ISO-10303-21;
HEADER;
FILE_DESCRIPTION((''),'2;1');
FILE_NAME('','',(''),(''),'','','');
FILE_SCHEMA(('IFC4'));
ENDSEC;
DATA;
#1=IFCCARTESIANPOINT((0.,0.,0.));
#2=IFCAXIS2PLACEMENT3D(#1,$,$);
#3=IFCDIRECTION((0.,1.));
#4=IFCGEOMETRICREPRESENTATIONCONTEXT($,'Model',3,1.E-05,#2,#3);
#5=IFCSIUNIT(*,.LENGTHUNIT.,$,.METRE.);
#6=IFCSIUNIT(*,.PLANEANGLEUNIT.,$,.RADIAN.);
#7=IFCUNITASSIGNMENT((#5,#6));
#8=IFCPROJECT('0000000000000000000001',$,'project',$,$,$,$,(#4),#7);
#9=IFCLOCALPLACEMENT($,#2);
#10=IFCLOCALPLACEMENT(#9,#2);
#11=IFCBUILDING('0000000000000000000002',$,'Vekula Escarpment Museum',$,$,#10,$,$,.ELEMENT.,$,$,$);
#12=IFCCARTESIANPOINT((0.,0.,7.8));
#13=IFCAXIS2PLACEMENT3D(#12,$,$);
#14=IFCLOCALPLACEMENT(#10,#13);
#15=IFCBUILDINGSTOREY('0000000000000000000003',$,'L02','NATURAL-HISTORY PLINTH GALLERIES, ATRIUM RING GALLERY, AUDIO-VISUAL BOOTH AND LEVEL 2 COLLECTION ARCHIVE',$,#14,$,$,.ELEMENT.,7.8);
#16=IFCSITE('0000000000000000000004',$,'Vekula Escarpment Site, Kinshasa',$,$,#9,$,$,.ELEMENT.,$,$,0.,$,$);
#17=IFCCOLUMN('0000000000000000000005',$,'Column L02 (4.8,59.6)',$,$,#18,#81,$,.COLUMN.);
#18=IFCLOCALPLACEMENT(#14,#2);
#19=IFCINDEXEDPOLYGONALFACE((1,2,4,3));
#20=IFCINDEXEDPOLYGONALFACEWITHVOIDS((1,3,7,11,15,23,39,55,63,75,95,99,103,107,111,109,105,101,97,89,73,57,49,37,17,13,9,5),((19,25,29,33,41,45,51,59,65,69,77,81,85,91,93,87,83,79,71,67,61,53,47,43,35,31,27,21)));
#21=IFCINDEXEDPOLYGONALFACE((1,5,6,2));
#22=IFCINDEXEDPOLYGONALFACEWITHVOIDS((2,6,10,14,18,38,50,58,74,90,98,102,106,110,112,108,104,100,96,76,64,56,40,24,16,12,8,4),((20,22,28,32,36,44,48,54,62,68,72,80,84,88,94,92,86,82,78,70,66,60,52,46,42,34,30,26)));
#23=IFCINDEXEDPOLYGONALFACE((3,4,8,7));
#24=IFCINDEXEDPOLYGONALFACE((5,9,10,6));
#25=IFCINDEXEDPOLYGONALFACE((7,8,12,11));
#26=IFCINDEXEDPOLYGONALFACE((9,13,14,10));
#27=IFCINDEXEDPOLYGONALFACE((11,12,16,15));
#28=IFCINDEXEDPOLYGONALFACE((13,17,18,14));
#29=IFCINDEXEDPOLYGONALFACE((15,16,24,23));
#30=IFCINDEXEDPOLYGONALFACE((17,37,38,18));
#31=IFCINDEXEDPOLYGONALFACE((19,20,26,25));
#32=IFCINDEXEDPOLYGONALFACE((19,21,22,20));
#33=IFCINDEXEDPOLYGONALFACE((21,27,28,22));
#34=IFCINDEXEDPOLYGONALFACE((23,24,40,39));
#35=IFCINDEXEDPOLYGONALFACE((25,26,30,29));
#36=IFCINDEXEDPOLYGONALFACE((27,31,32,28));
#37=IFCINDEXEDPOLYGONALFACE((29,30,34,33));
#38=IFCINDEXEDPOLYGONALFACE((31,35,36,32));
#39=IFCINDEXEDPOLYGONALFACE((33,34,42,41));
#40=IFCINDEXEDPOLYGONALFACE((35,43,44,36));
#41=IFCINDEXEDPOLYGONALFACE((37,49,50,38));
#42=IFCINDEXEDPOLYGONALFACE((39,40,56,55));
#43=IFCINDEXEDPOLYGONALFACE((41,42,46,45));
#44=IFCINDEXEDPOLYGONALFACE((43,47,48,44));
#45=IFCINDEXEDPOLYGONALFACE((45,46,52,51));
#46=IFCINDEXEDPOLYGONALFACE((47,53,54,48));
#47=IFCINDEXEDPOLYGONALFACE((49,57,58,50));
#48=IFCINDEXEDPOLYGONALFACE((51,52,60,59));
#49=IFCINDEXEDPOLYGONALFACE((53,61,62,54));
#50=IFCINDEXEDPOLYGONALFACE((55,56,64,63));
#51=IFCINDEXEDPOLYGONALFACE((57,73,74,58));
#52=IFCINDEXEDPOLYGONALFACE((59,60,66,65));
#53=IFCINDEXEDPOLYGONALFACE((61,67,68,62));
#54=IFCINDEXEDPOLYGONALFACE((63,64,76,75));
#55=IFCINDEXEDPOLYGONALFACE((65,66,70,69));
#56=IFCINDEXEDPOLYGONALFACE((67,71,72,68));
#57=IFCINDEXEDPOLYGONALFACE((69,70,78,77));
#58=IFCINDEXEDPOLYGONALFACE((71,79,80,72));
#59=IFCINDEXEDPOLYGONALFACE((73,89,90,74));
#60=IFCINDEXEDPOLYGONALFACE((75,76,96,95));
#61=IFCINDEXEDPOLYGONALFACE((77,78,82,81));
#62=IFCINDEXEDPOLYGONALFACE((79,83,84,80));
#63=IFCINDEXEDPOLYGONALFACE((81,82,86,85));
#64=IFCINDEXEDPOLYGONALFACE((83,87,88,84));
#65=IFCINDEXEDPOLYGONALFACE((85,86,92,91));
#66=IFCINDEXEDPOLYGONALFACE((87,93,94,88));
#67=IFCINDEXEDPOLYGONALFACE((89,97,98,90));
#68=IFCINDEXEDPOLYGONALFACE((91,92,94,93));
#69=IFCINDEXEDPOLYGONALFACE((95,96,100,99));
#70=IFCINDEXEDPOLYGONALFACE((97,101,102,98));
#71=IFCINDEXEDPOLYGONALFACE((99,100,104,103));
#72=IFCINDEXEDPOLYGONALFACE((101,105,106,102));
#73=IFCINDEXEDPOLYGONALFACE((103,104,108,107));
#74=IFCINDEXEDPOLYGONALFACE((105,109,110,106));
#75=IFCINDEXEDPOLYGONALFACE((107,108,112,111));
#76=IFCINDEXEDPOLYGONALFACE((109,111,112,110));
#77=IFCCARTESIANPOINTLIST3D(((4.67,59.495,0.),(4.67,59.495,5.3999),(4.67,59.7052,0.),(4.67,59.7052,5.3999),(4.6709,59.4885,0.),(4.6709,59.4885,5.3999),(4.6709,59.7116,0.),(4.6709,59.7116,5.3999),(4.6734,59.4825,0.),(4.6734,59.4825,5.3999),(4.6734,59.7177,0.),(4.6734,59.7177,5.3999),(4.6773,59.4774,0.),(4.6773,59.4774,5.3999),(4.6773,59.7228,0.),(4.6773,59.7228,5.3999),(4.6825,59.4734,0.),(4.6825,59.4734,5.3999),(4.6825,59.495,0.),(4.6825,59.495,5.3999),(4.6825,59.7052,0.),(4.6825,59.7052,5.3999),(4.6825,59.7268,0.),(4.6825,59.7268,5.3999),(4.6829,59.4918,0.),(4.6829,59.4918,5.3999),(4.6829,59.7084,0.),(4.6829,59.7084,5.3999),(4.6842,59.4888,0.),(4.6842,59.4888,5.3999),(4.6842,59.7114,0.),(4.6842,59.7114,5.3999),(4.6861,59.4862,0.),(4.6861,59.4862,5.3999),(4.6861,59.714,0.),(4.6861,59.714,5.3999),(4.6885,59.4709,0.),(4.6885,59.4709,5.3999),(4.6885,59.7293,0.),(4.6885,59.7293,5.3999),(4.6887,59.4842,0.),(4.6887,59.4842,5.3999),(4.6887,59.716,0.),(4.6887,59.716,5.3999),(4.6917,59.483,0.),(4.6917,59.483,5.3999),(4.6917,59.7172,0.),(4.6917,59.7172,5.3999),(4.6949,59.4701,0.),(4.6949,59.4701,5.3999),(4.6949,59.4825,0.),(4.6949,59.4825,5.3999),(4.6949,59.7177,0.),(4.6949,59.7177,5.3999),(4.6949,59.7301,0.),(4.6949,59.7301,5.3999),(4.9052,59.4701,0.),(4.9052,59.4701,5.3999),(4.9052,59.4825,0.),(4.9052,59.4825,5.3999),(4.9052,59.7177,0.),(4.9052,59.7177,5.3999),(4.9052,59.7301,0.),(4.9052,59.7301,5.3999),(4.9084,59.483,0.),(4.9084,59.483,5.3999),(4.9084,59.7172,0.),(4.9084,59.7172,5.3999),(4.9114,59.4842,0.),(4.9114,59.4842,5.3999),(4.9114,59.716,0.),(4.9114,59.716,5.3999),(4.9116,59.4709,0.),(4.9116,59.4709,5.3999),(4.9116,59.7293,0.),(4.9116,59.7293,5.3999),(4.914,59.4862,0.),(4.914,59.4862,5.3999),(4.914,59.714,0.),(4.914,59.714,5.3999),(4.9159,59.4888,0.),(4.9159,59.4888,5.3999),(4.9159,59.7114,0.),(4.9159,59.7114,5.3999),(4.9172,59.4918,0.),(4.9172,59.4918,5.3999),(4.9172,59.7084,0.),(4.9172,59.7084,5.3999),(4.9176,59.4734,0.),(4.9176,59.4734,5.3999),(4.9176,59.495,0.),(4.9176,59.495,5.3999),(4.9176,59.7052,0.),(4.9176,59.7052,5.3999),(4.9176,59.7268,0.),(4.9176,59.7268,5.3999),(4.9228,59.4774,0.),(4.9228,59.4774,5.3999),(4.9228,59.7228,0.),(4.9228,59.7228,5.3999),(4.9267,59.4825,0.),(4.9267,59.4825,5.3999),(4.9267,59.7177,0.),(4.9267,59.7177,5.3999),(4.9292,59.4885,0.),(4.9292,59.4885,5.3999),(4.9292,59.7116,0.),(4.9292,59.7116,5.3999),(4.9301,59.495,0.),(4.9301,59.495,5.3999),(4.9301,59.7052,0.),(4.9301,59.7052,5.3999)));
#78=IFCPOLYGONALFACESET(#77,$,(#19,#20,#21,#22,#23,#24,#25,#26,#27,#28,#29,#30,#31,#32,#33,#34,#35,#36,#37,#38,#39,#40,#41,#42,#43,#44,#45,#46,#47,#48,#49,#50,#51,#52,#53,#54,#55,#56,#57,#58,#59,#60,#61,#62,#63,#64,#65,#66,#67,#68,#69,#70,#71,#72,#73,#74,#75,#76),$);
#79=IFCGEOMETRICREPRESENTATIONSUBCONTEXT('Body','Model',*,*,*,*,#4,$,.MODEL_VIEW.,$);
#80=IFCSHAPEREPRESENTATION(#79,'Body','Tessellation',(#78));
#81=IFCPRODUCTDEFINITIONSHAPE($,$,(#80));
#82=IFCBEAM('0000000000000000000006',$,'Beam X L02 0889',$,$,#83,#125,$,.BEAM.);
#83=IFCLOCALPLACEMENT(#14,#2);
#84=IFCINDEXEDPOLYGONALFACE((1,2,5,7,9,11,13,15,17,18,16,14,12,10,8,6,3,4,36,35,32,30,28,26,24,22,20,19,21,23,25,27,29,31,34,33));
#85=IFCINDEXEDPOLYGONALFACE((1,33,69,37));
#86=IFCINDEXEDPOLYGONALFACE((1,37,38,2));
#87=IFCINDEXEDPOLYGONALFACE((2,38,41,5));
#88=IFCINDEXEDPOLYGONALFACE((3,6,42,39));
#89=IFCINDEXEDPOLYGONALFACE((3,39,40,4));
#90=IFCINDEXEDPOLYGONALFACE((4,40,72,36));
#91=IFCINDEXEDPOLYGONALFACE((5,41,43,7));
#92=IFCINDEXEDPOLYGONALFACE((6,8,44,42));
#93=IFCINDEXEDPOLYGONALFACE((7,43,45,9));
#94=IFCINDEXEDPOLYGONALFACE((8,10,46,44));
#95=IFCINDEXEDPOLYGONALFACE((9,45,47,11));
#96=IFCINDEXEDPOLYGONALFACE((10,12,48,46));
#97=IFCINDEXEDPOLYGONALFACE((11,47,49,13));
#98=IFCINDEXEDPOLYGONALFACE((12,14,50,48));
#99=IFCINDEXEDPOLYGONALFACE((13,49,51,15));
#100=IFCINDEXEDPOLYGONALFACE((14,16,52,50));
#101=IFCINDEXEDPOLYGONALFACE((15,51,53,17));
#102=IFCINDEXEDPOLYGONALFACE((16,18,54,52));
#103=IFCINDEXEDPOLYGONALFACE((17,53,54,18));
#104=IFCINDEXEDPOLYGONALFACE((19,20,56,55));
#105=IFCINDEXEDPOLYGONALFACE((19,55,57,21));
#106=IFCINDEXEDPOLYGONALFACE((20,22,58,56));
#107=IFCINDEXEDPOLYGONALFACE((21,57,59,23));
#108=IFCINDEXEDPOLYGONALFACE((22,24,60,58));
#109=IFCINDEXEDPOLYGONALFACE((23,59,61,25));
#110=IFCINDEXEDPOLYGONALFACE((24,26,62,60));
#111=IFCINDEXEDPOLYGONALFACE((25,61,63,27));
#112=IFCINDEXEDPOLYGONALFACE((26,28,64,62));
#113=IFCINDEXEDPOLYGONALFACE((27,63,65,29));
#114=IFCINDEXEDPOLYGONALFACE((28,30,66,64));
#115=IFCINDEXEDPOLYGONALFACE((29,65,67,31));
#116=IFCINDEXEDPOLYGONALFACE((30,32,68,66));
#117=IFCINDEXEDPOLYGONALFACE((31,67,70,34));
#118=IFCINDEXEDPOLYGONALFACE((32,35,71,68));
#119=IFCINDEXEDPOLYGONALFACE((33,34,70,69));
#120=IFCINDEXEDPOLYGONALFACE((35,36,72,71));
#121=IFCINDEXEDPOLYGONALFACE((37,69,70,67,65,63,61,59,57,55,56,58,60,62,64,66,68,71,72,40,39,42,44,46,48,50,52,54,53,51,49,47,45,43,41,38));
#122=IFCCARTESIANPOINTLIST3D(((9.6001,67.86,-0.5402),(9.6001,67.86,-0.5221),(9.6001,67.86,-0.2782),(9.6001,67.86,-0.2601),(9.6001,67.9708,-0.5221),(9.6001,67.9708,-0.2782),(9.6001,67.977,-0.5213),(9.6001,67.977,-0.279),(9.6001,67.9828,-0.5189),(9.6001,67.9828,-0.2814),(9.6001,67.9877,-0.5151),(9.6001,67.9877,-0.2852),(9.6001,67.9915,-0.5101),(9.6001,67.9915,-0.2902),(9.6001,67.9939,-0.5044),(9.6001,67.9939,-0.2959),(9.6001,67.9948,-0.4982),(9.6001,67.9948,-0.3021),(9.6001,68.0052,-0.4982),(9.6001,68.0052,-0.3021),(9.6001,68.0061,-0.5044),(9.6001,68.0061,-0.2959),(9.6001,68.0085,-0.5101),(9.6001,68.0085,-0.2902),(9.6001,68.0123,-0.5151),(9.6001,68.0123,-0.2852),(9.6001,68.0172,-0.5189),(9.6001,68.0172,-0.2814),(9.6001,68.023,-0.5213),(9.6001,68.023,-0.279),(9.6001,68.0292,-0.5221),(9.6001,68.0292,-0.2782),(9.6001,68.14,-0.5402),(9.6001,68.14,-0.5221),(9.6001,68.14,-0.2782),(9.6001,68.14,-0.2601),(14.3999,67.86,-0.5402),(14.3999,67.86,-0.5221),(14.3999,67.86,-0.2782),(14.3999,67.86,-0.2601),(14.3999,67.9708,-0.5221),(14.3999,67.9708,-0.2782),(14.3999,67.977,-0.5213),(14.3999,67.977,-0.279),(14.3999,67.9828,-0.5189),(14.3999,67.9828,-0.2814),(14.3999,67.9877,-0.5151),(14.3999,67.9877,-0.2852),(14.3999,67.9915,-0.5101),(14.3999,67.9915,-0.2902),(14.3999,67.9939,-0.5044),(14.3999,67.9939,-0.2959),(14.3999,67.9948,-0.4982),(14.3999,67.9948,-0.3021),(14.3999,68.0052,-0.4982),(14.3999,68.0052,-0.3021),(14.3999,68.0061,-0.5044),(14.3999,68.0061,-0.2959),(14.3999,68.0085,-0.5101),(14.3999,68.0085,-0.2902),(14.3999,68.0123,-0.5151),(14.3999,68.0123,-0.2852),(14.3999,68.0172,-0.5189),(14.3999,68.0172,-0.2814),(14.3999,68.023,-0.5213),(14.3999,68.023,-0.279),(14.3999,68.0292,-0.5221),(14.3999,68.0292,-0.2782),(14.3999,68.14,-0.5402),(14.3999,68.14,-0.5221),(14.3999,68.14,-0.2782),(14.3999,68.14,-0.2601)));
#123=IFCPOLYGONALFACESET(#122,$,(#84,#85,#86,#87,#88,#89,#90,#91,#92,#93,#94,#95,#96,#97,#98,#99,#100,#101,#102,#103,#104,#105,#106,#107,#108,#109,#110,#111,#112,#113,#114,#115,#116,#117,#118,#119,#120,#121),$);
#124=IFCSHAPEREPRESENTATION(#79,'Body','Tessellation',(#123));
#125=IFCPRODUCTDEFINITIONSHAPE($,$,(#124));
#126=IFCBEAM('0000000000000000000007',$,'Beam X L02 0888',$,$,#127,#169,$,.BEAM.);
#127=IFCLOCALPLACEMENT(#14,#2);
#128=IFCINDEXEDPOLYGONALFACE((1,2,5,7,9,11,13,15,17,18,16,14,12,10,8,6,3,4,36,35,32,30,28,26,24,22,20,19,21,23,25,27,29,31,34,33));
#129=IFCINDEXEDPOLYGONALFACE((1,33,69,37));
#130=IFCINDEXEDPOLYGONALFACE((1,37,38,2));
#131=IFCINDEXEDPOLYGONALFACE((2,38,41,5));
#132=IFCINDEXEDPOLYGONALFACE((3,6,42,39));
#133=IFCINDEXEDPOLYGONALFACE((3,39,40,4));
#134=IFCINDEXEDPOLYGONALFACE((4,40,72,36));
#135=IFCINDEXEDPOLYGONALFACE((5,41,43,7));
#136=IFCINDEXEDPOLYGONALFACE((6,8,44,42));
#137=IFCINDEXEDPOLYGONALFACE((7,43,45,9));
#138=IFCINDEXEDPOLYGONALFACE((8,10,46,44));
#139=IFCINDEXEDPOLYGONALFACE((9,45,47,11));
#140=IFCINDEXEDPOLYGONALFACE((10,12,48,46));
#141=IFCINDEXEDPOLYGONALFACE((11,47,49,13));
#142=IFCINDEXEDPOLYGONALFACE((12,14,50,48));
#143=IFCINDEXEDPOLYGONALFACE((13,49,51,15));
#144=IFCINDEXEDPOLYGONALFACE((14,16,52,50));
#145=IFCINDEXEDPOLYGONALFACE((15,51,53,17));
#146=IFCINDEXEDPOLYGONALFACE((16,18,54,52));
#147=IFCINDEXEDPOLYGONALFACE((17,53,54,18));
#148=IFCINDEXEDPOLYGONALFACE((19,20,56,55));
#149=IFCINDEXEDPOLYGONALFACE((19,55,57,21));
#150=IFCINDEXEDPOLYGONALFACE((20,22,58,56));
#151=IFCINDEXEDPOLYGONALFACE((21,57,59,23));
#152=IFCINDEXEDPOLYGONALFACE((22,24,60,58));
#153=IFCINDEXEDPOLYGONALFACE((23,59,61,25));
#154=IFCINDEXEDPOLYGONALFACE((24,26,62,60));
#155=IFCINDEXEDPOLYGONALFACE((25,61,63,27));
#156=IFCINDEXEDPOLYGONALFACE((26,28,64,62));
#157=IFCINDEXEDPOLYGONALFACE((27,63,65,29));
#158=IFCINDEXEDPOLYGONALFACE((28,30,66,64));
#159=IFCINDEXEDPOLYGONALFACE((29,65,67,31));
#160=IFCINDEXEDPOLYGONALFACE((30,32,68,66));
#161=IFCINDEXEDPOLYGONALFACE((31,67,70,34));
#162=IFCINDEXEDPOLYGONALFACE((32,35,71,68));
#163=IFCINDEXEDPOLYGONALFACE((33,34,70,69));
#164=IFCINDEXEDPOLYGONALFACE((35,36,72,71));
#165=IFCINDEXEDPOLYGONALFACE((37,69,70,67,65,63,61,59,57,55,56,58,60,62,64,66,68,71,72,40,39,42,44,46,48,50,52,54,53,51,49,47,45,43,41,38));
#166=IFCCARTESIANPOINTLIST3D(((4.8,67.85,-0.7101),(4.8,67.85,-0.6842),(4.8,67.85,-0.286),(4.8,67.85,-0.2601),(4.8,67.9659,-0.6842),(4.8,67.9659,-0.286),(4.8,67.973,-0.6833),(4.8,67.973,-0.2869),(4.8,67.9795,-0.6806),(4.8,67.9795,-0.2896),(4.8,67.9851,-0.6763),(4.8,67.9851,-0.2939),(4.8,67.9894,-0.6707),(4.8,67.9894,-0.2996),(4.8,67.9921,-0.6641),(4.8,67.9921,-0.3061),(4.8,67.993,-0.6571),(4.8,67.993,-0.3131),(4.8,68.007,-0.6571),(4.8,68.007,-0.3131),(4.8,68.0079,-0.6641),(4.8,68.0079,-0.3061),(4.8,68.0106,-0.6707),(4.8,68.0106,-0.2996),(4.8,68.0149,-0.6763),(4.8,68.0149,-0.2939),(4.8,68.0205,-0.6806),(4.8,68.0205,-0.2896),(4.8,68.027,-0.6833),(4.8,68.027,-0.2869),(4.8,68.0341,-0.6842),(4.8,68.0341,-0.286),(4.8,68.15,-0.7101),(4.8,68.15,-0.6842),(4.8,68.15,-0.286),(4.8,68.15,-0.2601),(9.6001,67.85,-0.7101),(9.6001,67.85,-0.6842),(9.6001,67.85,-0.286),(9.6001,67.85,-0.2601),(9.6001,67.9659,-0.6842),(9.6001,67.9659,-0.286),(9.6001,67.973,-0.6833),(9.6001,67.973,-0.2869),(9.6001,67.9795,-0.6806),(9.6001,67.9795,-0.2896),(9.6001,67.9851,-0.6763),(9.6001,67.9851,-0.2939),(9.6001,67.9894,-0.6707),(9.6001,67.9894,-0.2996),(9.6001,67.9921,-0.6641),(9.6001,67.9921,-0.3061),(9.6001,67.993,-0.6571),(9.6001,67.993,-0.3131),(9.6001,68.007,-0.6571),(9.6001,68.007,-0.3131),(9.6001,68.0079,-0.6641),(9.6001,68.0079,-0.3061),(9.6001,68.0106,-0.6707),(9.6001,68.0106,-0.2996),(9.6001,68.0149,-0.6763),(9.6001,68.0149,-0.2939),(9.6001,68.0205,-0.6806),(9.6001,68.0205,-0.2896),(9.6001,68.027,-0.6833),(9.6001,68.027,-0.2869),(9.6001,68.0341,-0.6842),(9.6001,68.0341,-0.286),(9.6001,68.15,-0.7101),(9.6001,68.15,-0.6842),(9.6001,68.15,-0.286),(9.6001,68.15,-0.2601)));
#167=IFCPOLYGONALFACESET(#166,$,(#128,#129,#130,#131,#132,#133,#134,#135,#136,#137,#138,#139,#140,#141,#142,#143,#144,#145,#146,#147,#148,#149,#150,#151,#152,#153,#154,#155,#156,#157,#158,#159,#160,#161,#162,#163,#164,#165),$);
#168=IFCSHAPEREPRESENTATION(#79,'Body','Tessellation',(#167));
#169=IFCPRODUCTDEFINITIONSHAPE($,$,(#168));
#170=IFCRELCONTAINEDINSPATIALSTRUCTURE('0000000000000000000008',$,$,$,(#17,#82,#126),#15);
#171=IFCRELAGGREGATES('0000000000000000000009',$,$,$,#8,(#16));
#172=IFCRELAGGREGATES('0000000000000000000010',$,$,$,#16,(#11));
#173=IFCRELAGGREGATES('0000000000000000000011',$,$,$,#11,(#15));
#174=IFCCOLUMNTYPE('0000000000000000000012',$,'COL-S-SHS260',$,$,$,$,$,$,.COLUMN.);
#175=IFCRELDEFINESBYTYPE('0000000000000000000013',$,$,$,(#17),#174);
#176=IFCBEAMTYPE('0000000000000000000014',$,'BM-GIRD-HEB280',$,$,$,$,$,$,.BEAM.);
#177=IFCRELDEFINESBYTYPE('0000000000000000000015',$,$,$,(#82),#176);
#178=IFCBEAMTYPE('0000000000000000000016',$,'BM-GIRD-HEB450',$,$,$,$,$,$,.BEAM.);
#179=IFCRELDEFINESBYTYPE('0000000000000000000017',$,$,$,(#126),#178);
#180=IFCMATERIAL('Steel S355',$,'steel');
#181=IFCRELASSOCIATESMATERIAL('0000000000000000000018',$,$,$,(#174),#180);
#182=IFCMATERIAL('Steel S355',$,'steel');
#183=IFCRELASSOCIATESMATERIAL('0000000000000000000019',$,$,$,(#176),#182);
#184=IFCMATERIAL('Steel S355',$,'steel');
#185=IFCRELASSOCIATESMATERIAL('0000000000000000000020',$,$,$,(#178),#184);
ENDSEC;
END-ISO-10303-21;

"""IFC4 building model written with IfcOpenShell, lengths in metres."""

from ifc_helpers import new_model, si_unit, direction, frame, origin, origin_2d, place, context, subcontext, project, spatial, hollow_rectangle, i_section, extrude, material, material_profile, profile_set, type_object, element, save


model = new_model("IFC4")

# Units and contexts
model_context = context("Model", 3, precision=1e-05, world=origin(), true_north=direction((0.0, 1.0)))
body_context = subcontext(model_context, "Body", "Model", "MODEL_VIEW")
ifc_project = project(units=[si_unit("LENGTHUNIT", "METRE"), si_unit("PLANEANGLEUNIT", "RADIAN")], contexts=[model_context])

# Site, building, storey
site_placement = place(None, origin())
site = spatial("IfcSite", under=ifc_project, at=site_placement, Name="Vekula Escarpment Site, Kinshasa", CompositionType="ELEMENT", RefElevation=0.0)
building_placement = place(site_placement, origin())
building = spatial("IfcBuilding", under=site, at=building_placement, Name="Vekula Escarpment Museum", CompositionType="ELEMENT")
storey_placement = place(building_placement, frame((0.0, 0.0, 7.8)))
storey = spatial("IfcBuildingStorey", under=building, at=storey_placement, Name="L02", Description="NATURAL-HISTORY PLINTH GALLERIES, ATRIUM RING GALLERY, AUDIO-VISUAL BOOTH AND LEVEL 2 COLLECTION ARCHIVE", CompositionType="ELEMENT", Elevation=7.8)

# Column
ifc_material_1 = material(Name="Steel S355", Category="steel")
ifc_material_profile_1 = material_profile(ifc_material_1, hollow_rectangle(XDim=0.26, YDim=0.26, WallThickness=0.0125, InnerFilletRadius=0.0125, OuterFilletRadius=0.0249, at=origin_2d()), Name="SHS 260x260x12.5")
ifc_profile_set_1 = profile_set([ifc_material_profile_1], Name="Steel S355")
column_type_1 = type_object("IfcColumnType", Name="COL-S-SHS260", PredefinedType="COLUMN", material=ifc_profile_set_1)
column_1_placement = place(storey_placement, frame((4.8, 59.6001, 0.0), z_axis=(0.0, 0.0, 1.0), x_axis=(1.0, 0.0, 0.0)))
element("IfcColumn", 1, at=column_1_placement, inside=storey, type_object=column_type_1, Name="Column L02 (4.8,59.6)", PredefinedType="COLUMN", context=body_context, shape_type="SweptSolid", body=[
    extrude(hollow_rectangle(XDim=0.26, YDim=0.26, WallThickness=0.0125, InnerFilletRadius=0.0125, OuterFilletRadius=0.0249, at=origin_2d()), origin(), (0.0, 0.0, 1.0), 5.3999),
])

# Beams
ifc_material_2 = material(Name="Steel S355", Category="steel")
ifc_material_profile_2 = material_profile(ifc_material_2, i_section(OverallWidth=0.28, OverallDepth=0.28, WebThickness=0.0105, FlangeThickness=0.0181, FilletRadius=0.0239, at=origin_2d()), Name="HEB 280")
ifc_profile_set_2 = profile_set([ifc_material_profile_2], Name="Steel S355")
beam_type_1 = type_object("IfcBeamType", Name="BM-GIRD-HEB280", PredefinedType="BEAM", material=ifc_profile_set_2)
beam_1_placement = place(storey_placement, frame((9.6001, 68.0, -0.4001), z_axis=(1.0, 0.0, 0.0), x_axis=(0.0, 1.0, 0.0)))
element("IfcBeam", 2, at=beam_1_placement, inside=storey, type_object=beam_type_1, Name="Beam X L02 0889", PredefinedType="BEAM", context=body_context, shape_type="SweptSolid", body=[
    extrude(i_section(OverallWidth=0.28, OverallDepth=0.28, WebThickness=0.0105, FlangeThickness=0.0181, FilletRadius=0.0239, at=origin_2d()), origin(), (0.0, 0.0, 1.0), 4.7998),
])
ifc_material_3 = material(Name="Steel S355", Category="steel")
ifc_material_profile_3 = material_profile(ifc_material_3, i_section(OverallWidth=0.3, OverallDepth=0.45, WebThickness=0.0139, FlangeThickness=0.0259, FilletRadius=0.0271, at=origin_2d()), Name="HEB 450")
ifc_profile_set_3 = profile_set([ifc_material_profile_3], Name="Steel S355")
beam_type_2 = type_object("IfcBeamType", Name="BM-GIRD-HEB450", PredefinedType="BEAM", material=ifc_profile_set_3)
beam_2_placement = place(storey_placement, frame((4.8, 68.0, -0.4851), z_axis=(1.0, 0.0, 0.0), x_axis=(0.0, 1.0, 0.0)))
element("IfcBeam", 3, at=beam_2_placement, inside=storey, type_object=beam_type_2, Name="Beam X L02 0888", PredefinedType="BEAM", context=body_context, shape_type="SweptSolid", body=[
    extrude(i_section(OverallWidth=0.3, OverallDepth=0.45, WebThickness=0.0139, FlangeThickness=0.0259, FilletRadius=0.0271, at=origin_2d()), origin(), (0.0, 0.0, 1.0), 4.8),
])

save(model, "model.ifc")
